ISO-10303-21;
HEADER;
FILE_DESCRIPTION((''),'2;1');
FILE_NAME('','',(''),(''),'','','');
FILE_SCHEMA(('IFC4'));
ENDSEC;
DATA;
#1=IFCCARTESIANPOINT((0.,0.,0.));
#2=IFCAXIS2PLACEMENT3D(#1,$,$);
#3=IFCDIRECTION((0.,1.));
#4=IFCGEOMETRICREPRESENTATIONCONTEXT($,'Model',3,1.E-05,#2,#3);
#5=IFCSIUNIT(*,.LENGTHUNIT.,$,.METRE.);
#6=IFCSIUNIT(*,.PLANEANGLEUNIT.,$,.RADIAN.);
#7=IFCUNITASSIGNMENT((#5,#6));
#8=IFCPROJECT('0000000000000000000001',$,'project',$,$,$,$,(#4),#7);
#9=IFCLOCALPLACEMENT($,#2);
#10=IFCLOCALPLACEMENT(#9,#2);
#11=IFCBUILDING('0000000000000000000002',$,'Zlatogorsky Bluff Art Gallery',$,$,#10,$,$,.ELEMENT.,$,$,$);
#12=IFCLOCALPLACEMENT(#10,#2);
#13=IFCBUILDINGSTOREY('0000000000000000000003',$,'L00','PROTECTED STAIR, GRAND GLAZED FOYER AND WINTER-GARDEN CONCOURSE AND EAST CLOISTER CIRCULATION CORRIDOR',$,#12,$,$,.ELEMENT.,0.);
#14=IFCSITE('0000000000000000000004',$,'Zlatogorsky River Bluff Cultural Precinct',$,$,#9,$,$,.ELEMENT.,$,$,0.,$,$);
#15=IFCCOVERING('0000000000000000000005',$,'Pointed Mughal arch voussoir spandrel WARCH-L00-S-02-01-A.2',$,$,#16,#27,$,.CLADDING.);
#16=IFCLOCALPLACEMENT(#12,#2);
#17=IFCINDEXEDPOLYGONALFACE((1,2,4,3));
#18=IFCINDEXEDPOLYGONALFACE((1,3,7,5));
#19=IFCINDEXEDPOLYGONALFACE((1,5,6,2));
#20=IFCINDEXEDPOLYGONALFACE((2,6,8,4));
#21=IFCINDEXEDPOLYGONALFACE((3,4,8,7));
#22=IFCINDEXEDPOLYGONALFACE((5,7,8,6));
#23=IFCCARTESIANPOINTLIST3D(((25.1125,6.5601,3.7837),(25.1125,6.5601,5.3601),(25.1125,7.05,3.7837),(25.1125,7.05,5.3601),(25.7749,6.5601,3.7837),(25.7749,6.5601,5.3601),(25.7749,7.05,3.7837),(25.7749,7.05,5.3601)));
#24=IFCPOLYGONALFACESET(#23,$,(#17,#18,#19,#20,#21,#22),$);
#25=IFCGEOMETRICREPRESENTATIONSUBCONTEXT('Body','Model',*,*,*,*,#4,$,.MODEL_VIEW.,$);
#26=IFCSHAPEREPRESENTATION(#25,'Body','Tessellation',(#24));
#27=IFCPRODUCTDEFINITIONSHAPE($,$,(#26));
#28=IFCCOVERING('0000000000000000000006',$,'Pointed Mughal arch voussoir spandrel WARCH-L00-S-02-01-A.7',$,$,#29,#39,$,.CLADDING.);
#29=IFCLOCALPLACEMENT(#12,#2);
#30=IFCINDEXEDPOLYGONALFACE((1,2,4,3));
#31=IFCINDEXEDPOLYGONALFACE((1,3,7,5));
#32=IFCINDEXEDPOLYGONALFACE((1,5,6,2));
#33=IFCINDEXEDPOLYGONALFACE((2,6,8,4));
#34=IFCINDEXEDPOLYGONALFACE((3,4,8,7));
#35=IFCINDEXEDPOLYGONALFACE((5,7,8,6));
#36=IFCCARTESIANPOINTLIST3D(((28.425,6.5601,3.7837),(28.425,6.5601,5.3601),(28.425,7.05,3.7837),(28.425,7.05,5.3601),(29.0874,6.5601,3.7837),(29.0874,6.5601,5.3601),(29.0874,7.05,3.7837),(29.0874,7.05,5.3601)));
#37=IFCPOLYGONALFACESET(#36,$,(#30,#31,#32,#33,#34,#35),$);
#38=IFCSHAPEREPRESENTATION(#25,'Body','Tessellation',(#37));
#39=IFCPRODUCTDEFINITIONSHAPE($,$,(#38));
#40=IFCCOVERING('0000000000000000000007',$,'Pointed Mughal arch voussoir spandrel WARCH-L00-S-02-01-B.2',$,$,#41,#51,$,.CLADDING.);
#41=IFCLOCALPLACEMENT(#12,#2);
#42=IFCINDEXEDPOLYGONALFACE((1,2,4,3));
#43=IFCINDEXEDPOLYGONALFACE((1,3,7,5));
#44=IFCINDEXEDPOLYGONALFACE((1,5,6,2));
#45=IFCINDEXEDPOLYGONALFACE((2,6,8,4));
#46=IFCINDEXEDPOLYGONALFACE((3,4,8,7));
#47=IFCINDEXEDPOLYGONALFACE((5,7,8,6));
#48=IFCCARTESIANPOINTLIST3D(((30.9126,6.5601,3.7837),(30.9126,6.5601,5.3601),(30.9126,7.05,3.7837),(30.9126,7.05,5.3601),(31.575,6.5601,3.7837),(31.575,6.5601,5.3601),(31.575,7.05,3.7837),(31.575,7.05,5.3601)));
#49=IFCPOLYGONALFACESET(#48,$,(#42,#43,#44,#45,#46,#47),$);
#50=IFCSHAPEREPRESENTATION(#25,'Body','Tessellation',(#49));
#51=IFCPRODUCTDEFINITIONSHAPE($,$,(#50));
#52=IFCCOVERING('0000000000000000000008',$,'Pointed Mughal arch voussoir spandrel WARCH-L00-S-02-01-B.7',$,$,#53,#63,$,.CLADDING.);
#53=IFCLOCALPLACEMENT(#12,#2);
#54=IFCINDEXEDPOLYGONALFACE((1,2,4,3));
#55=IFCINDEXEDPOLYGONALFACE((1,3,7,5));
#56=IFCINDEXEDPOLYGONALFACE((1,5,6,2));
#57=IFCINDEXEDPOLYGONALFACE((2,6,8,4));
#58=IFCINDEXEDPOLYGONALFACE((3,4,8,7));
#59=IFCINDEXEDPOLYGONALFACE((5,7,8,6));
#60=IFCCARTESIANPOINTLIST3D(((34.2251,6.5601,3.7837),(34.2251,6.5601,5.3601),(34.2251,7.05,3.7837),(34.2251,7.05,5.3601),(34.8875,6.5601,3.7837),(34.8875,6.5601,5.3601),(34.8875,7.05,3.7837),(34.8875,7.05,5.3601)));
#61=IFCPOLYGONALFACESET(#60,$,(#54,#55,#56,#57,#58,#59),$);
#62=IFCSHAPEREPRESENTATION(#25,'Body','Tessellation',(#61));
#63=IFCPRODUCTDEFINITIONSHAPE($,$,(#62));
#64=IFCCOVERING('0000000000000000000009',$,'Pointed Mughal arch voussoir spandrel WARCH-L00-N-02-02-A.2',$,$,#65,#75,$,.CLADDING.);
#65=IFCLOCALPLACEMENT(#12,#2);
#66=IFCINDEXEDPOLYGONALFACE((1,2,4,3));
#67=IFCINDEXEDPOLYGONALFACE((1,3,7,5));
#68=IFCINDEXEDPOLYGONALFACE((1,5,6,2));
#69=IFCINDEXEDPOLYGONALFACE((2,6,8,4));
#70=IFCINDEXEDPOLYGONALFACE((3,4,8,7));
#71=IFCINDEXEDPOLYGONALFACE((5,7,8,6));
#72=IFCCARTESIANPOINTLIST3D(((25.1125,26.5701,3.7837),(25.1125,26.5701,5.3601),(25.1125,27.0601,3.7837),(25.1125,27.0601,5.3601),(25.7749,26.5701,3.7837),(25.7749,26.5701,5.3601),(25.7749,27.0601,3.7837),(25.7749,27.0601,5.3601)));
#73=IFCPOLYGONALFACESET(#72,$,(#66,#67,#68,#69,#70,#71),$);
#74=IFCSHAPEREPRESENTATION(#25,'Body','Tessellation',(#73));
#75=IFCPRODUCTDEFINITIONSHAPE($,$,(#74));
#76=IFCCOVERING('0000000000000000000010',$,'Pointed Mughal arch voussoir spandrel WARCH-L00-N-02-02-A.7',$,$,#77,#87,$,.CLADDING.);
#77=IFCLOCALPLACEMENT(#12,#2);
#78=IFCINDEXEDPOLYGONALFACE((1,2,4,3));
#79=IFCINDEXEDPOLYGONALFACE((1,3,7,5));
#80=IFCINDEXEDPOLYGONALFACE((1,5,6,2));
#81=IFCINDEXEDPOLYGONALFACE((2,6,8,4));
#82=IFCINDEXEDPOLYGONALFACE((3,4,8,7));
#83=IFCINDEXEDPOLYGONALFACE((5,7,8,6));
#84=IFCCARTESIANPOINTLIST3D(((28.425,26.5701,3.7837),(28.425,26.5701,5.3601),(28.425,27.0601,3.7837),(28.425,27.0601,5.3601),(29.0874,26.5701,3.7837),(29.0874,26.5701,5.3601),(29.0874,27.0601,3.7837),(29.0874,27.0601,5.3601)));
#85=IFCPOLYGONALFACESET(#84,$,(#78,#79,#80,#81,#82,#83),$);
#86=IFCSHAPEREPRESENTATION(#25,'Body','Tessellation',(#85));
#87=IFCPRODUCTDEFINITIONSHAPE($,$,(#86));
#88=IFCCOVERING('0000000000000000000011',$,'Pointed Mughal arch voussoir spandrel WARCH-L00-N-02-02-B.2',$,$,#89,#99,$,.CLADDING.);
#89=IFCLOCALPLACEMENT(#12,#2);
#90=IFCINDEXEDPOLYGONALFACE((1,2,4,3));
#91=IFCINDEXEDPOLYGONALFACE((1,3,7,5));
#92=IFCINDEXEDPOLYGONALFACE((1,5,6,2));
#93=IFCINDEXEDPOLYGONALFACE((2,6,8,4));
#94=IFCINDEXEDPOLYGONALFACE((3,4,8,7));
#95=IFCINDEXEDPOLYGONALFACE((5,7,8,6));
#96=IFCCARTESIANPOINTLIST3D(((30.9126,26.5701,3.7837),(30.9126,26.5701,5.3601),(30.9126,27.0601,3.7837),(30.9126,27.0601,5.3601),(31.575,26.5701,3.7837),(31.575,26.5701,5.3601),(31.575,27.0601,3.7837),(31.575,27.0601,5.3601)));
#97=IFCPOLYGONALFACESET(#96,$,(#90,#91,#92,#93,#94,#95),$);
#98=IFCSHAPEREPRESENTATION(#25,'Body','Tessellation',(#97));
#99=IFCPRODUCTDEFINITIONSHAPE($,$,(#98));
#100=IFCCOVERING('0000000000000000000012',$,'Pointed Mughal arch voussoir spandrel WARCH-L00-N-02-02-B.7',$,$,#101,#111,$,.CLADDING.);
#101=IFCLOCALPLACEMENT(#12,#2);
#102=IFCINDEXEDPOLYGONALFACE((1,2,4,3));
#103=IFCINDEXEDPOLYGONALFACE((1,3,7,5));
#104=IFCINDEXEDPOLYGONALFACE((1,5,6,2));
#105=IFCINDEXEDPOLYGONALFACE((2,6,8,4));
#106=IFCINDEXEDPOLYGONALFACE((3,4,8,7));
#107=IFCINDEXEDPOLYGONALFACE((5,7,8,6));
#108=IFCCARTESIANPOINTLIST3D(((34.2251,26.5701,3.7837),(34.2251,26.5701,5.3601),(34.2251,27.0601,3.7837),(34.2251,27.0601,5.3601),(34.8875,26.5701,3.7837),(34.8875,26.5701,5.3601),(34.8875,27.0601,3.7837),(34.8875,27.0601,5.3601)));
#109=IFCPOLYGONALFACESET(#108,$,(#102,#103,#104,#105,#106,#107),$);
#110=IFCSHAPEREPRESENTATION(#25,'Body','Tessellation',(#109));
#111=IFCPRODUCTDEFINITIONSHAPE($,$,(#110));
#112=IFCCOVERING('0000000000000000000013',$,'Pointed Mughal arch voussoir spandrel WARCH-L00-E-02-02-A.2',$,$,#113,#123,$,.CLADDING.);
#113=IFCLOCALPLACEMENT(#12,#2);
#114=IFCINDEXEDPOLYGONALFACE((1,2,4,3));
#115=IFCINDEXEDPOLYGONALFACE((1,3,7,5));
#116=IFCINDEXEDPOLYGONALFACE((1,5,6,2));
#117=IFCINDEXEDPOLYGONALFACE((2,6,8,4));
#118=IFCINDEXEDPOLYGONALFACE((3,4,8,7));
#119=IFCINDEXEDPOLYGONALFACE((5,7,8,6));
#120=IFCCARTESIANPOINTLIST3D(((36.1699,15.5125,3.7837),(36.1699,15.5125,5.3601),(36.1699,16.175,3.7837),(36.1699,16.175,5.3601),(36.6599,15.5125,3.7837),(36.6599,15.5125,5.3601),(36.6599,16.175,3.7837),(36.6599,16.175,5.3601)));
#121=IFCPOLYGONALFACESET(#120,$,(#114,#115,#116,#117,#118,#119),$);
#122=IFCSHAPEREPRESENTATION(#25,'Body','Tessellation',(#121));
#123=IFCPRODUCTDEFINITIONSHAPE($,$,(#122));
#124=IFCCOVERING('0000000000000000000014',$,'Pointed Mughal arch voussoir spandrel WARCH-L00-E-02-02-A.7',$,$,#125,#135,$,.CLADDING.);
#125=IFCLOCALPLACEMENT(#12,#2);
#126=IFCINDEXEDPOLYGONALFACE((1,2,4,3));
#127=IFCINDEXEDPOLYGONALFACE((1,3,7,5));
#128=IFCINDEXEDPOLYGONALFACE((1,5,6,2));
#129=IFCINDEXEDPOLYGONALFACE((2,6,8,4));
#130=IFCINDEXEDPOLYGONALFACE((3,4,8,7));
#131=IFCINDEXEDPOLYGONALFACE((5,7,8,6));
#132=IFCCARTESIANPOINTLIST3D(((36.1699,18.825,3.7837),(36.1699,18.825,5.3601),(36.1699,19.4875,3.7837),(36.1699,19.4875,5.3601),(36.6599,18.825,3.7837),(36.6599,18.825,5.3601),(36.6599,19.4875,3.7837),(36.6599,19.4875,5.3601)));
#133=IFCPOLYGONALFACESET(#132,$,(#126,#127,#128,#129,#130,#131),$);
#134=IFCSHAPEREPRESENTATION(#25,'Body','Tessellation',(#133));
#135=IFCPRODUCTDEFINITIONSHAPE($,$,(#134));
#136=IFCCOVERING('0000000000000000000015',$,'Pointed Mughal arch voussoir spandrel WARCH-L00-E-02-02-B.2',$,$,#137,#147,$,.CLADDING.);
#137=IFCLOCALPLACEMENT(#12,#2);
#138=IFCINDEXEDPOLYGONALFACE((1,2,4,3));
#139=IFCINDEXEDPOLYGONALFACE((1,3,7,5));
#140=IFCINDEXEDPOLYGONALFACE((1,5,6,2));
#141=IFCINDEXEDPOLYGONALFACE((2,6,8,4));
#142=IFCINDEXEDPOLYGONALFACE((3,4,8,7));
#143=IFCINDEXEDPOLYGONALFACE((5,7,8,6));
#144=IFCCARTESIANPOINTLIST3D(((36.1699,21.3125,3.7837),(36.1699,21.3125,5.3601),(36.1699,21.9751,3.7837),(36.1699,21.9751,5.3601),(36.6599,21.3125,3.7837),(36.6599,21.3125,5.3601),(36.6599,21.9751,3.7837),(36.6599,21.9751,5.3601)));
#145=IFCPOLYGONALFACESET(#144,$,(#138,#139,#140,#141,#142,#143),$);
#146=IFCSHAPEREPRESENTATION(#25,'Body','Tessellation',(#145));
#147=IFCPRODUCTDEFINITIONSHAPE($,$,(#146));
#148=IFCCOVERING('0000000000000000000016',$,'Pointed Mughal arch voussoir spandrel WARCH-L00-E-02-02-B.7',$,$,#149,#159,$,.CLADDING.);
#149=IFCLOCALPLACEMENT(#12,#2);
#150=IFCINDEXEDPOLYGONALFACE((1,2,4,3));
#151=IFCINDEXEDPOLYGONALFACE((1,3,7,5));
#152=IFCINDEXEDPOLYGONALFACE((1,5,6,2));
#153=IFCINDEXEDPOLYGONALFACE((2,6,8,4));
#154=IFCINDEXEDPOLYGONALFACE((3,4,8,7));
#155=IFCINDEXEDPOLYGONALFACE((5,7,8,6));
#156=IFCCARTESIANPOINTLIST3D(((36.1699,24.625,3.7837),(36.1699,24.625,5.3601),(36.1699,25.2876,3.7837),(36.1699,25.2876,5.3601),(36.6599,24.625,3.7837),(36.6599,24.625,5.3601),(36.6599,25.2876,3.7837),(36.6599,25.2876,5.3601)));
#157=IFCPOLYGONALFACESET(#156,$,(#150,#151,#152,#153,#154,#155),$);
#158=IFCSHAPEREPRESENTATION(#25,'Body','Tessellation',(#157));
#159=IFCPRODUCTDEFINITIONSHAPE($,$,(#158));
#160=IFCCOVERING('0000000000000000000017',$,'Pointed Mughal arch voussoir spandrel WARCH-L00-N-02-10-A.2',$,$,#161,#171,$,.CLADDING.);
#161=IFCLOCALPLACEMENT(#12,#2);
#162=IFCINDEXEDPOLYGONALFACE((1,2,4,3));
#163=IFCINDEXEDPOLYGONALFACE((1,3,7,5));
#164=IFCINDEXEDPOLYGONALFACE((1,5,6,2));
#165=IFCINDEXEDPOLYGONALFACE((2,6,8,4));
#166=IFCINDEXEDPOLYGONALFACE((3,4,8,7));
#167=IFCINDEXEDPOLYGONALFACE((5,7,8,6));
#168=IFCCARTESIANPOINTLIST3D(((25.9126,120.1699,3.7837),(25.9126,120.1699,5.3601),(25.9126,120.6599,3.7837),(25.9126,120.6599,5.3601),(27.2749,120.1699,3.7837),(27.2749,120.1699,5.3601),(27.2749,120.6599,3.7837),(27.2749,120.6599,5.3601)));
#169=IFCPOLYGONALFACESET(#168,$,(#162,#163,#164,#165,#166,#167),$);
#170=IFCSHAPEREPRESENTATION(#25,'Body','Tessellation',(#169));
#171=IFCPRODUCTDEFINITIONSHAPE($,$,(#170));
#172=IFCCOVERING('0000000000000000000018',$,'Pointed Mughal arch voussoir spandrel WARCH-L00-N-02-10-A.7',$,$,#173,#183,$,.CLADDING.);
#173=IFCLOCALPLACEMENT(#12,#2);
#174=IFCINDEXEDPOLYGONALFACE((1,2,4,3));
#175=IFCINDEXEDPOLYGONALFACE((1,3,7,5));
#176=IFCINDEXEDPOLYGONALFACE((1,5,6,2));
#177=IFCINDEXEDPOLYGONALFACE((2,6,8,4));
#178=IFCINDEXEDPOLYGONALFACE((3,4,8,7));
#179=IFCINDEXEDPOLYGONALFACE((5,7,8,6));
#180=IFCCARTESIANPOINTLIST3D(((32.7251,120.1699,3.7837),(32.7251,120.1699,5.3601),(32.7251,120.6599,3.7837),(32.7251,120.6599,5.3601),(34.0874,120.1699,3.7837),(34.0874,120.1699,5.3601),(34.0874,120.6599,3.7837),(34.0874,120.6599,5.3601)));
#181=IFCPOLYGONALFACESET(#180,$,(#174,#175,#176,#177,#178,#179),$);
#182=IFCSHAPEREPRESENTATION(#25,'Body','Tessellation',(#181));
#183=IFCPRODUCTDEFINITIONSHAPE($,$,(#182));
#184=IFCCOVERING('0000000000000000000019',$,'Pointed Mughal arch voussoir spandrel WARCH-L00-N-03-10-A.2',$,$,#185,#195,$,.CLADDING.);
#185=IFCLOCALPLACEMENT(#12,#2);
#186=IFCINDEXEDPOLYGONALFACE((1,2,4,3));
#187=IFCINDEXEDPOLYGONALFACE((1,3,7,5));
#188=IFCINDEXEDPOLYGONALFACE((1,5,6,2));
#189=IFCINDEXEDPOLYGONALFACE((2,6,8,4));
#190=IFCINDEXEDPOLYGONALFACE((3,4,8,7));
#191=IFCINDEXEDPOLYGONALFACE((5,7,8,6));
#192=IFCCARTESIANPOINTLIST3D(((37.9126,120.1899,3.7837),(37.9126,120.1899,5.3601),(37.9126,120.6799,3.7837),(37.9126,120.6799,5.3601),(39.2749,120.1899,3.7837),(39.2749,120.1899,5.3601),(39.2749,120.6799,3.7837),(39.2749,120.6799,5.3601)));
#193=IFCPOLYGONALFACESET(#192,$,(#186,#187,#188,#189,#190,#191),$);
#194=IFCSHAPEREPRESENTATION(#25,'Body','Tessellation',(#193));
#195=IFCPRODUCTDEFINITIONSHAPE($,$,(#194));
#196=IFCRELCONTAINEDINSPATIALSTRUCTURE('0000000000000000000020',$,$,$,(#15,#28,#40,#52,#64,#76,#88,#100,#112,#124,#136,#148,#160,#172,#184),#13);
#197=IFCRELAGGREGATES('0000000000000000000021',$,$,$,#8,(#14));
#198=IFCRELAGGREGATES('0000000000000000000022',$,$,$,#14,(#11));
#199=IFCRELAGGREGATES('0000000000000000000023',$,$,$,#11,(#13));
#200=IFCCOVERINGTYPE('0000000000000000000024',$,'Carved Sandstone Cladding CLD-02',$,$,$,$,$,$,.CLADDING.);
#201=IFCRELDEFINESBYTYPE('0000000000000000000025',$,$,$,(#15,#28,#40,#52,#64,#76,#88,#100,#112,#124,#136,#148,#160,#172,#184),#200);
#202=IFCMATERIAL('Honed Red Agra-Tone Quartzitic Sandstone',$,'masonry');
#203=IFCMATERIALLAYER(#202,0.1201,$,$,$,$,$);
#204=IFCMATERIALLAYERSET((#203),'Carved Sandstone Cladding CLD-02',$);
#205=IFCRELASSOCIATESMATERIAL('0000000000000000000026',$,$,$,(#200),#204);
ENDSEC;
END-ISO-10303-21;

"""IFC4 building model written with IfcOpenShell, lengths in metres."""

from ifc_helpers import new_model, si_unit, direction, frame, origin, place, context, subcontext, project, spatial, polyline, outline, extrude, material, layer, layer_set, type_object, element, save


model = new_model("IFC4")

# Units and contexts
model_context = context("Model", 3, precision=1e-05, world=origin(), true_north=direction((0.0, 1.0)))
body_context = subcontext(model_context, "Body", "Model", "MODEL_VIEW")
ifc_project = project(units=[si_unit("LENGTHUNIT", "METRE"), si_unit("PLANEANGLEUNIT", "RADIAN")], contexts=[model_context])

# Site, building, storey
site_placement = place(None, origin())
site = spatial("IfcSite", under=ifc_project, at=site_placement, Name="Zlatogorsky River Bluff Cultural Precinct", CompositionType="ELEMENT", RefElevation=0.0)
building_placement = place(site_placement, origin())
building = spatial("IfcBuilding", under=site, at=building_placement, Name="Zlatogorsky Bluff Art Gallery", CompositionType="ELEMENT")
storey_placement = place(building_placement, origin())
storey = spatial("IfcBuildingStorey", under=building, at=storey_placement, Name="L00", Description="PROTECTED STAIR, GRAND GLAZED FOYER AND WINTER-GARDEN CONCOURSE AND EAST CLOISTER CIRCULATION CORRIDOR", CompositionType="ELEMENT", Elevation=0.0)

# Coverings
ifc_material = material(Name="Honed Red Agra-Tone Quartzitic Sandstone", Category="masonry")
ifc_layer = layer(ifc_material, 0.1201)
ifc_layer_set = layer_set([ifc_layer], Name="Carved Sandstone Cladding CLD-02")
covering_type = type_object("IfcCoveringType", Name="Carved Sandstone Cladding CLD-02", PredefinedType="CLADDING", material=ifc_layer_set)
covering_1_placement = place(storey_placement, frame((0.0, 0.0, 3.7837)))
element("IfcCovering", 1, at=covering_1_placement, inside=storey, type_object=covering_type, Name="Pointed Mughal arch voussoir spandrel WARCH-L00-S-02-01-A.2", PredefinedType="CLADDING", context=body_context, shape_type="SweptSolid", body=[
    extrude(outline(polyline([(25.1125, 6.5601), (25.7749, 6.5601), (25.7749, 7.05), (25.1125, 7.05), (25.1125, 6.5601)])), origin(), (0.0, 0.0, 1.0), 1.5764),
])
covering_2_placement = place(storey_placement, frame((0.0, 0.0, 3.7837)))
element("IfcCovering", 2, at=covering_2_placement, inside=storey, type_object=covering_type, Name="Pointed Mughal arch voussoir spandrel WARCH-L00-S-02-01-A.7", PredefinedType="CLADDING", context=body_context, shape_type="SweptSolid", body=[
    extrude(outline(polyline([(28.425, 6.5601), (29.0874, 6.5601), (29.0874, 7.05), (28.425, 7.05), (28.425, 6.5601)])), origin(), (0.0, 0.0, 1.0), 1.5764),
])
covering_3_placement = place(storey_placement, frame((0.0, 0.0, 3.7837)))
element("IfcCovering", 3, at=covering_3_placement, inside=storey, type_object=covering_type, Name="Pointed Mughal arch voussoir spandrel WARCH-L00-S-02-01-B.2", PredefinedType="CLADDING", context=body_context, shape_type="SweptSolid", body=[
    extrude(outline(polyline([(30.9126, 6.5601), (31.575, 6.5601), (31.575, 7.05), (30.9126, 7.05), (30.9126, 6.5601)])), origin(), (0.0, 0.0, 1.0), 1.5764),
])
covering_4_placement = place(storey_placement, frame((0.0, 0.0, 3.7837)))
element("IfcCovering", 4, at=covering_4_placement, inside=storey, type_object=covering_type, Name="Pointed Mughal arch voussoir spandrel WARCH-L00-S-02-01-B.7", PredefinedType="CLADDING", context=body_context, shape_type="SweptSolid", body=[
    extrude(outline(polyline([(34.2251, 6.5601), (34.8875, 6.5601), (34.8875, 7.05), (34.2251, 7.05), (34.2251, 6.5601)])), origin(), (0.0, 0.0, 1.0), 1.5764),
])
covering_5_placement = place(storey_placement, frame((0.0, 0.0, 3.7837)))
element("IfcCovering", 5, at=covering_5_placement, inside=storey, type_object=covering_type, Name="Pointed Mughal arch voussoir spandrel WARCH-L00-N-02-02-A.2", PredefinedType="CLADDING", context=body_context, shape_type="SweptSolid", body=[
    extrude(outline(polyline([(25.1125, 26.5701), (25.7749, 26.5701), (25.7749, 27.0601), (25.1125, 27.0601), (25.1125, 26.5701)])), origin(), (0.0, 0.0, 1.0), 1.5764),
])
covering_6_placement = place(storey_placement, frame((0.0, 0.0, 3.7837)))
element("IfcCovering", 6, at=covering_6_placement, inside=storey, type_object=covering_type, Name="Pointed Mughal arch voussoir spandrel WARCH-L00-N-02-02-A.7", PredefinedType="CLADDING", context=body_context, shape_type="SweptSolid", body=[
    extrude(outline(polyline([(28.425, 26.5701), (29.0874, 26.5701), (29.0874, 27.0601), (28.425, 27.0601), (28.425, 26.5701)])), origin(), (0.0, 0.0, 1.0), 1.5764),
])
covering_7_placement = place(storey_placement, frame((0.0, 0.0, 3.7837)))
element("IfcCovering", 7, at=covering_7_placement, inside=storey, type_object=covering_type, Name="Pointed Mughal arch voussoir spandrel WARCH-L00-N-02-02-B.2", PredefinedType="CLADDING", context=body_context, shape_type="SweptSolid", body=[
    extrude(outline(polyline([(30.9126, 26.5701), (31.575, 26.5701), (31.575, 27.0601), (30.9126, 27.0601), (30.9126, 26.5701)])), origin(), (0.0, 0.0, 1.0), 1.5764),
])
covering_8_placement = place(storey_placement, frame((0.0, 0.0, 3.7837)))
element("IfcCovering", 8, at=covering_8_placement, inside=storey, type_object=covering_type, Name="Pointed Mughal arch voussoir spandrel WARCH-L00-N-02-02-B.7", PredefinedType="CLADDING", context=body_context, shape_type="SweptSolid", body=[
    extrude(outline(polyline([(34.2251, 26.5701), (34.8875, 26.5701), (34.8875, 27.0601), (34.2251, 27.0601), (34.2251, 26.5701)])), origin(), (0.0, 0.0, 1.0), 1.5764),
])
covering_9_placement = place(storey_placement, frame((0.0, 0.0, 3.7837)))
element("IfcCovering", 9, at=covering_9_placement, inside=storey, type_object=covering_type, Name="Pointed Mughal arch voussoir spandrel WARCH-L00-E-02-02-A.2", PredefinedType="CLADDING", context=body_context, shape_type="SweptSolid", body=[
    extrude(outline(polyline([(36.1699, 15.5125), (36.1699, 16.175), (36.6599, 16.175), (36.6599, 15.5125), (36.1699, 15.5125)])), origin(), (0.0, 0.0, 1.0), 1.5764),
])
covering_10_placement = place(storey_placement, frame((0.0, 0.0, 3.7837)))
element("IfcCovering", 10, at=covering_10_placement, inside=storey, type_object=covering_type, Name="Pointed Mughal arch voussoir spandrel WARCH-L00-E-02-02-A.7", PredefinedType="CLADDING", context=body_context, shape_type="SweptSolid", body=[
    extrude(outline(polyline([(36.1699, 18.825), (36.1699, 19.4875), (36.6599, 19.4875), (36.6599, 18.825), (36.1699, 18.825)])), origin(), (0.0, 0.0, 1.0), 1.5764),
])
covering_11_placement = place(storey_placement, frame((0.0, 0.0, 3.7837)))
element("IfcCovering", 11, at=covering_11_placement, inside=storey, type_object=covering_type, Name="Pointed Mughal arch voussoir spandrel WARCH-L00-E-02-02-B.2", PredefinedType="CLADDING", context=body_context, shape_type="SweptSolid", body=[
    extrude(outline(polyline([(36.1699, 21.3125), (36.1699, 21.9751), (36.6599, 21.9751), (36.6599, 21.3125), (36.1699, 21.3125)])), origin(), (0.0, 0.0, 1.0), 1.5764),
])
covering_12_placement = place(storey_placement, frame((0.0, 0.0, 3.7837)))
element("IfcCovering", 12, at=covering_12_placement, inside=storey, type_object=covering_type, Name="Pointed Mughal arch voussoir spandrel WARCH-L00-E-02-02-B.7", PredefinedType="CLADDING", context=body_context, shape_type="SweptSolid", body=[
    extrude(outline(polyline([(36.1699, 24.625), (36.1699, 25.2876), (36.6599, 25.2876), (36.6599, 24.625), (36.1699, 24.625)])), origin(), (0.0, 0.0, 1.0), 1.5764),
])
covering_13_placement = place(storey_placement, frame((0.0, 0.0, 3.7837)))
element("IfcCovering", 13, at=covering_13_placement, inside=storey, type_object=covering_type, Name="Pointed Mughal arch voussoir spandrel WARCH-L00-N-02-10-A.2", PredefinedType="CLADDING", context=body_context, shape_type="SweptSolid", body=[
    extrude(outline(polyline([(25.9126, 120.1699), (27.2749, 120.1699), (27.2749, 120.6599), (25.9126, 120.6599), (25.9126, 120.1699)])), origin(), (0.0, 0.0, 1.0), 1.5764),
])
covering_14_placement = place(storey_placement, frame((0.0, 0.0, 3.7837)))
element("IfcCovering", 14, at=covering_14_placement, inside=storey, type_object=covering_type, Name="Pointed Mughal arch voussoir spandrel WARCH-L00-N-02-10-A.7", PredefinedType="CLADDING", context=body_context, shape_type="SweptSolid", body=[
    extrude(outline(polyline([(32.7251, 120.1699), (34.0874, 120.1699), (34.0874, 120.6599), (32.7251, 120.6599), (32.7251, 120.1699)])), origin(), (0.0, 0.0, 1.0), 1.5764),
])
covering_15_placement = place(storey_placement, frame((0.0, 0.0, 3.7837)))
element("IfcCovering", 15, at=covering_15_placement, inside=storey, type_object=covering_type, Name="Pointed Mughal arch voussoir spandrel WARCH-L00-N-03-10-A.2", PredefinedType="CLADDING", context=body_context, shape_type="SweptSolid", body=[
    extrude(outline(polyline([(37.9126, 120.1899), (39.2749, 120.1899), (39.2749, 120.6799), (37.9126, 120.6799), (37.9126, 120.1899)])), origin(), (0.0, 0.0, 1.0), 1.5764),
])

save(model, "model.ifc")
